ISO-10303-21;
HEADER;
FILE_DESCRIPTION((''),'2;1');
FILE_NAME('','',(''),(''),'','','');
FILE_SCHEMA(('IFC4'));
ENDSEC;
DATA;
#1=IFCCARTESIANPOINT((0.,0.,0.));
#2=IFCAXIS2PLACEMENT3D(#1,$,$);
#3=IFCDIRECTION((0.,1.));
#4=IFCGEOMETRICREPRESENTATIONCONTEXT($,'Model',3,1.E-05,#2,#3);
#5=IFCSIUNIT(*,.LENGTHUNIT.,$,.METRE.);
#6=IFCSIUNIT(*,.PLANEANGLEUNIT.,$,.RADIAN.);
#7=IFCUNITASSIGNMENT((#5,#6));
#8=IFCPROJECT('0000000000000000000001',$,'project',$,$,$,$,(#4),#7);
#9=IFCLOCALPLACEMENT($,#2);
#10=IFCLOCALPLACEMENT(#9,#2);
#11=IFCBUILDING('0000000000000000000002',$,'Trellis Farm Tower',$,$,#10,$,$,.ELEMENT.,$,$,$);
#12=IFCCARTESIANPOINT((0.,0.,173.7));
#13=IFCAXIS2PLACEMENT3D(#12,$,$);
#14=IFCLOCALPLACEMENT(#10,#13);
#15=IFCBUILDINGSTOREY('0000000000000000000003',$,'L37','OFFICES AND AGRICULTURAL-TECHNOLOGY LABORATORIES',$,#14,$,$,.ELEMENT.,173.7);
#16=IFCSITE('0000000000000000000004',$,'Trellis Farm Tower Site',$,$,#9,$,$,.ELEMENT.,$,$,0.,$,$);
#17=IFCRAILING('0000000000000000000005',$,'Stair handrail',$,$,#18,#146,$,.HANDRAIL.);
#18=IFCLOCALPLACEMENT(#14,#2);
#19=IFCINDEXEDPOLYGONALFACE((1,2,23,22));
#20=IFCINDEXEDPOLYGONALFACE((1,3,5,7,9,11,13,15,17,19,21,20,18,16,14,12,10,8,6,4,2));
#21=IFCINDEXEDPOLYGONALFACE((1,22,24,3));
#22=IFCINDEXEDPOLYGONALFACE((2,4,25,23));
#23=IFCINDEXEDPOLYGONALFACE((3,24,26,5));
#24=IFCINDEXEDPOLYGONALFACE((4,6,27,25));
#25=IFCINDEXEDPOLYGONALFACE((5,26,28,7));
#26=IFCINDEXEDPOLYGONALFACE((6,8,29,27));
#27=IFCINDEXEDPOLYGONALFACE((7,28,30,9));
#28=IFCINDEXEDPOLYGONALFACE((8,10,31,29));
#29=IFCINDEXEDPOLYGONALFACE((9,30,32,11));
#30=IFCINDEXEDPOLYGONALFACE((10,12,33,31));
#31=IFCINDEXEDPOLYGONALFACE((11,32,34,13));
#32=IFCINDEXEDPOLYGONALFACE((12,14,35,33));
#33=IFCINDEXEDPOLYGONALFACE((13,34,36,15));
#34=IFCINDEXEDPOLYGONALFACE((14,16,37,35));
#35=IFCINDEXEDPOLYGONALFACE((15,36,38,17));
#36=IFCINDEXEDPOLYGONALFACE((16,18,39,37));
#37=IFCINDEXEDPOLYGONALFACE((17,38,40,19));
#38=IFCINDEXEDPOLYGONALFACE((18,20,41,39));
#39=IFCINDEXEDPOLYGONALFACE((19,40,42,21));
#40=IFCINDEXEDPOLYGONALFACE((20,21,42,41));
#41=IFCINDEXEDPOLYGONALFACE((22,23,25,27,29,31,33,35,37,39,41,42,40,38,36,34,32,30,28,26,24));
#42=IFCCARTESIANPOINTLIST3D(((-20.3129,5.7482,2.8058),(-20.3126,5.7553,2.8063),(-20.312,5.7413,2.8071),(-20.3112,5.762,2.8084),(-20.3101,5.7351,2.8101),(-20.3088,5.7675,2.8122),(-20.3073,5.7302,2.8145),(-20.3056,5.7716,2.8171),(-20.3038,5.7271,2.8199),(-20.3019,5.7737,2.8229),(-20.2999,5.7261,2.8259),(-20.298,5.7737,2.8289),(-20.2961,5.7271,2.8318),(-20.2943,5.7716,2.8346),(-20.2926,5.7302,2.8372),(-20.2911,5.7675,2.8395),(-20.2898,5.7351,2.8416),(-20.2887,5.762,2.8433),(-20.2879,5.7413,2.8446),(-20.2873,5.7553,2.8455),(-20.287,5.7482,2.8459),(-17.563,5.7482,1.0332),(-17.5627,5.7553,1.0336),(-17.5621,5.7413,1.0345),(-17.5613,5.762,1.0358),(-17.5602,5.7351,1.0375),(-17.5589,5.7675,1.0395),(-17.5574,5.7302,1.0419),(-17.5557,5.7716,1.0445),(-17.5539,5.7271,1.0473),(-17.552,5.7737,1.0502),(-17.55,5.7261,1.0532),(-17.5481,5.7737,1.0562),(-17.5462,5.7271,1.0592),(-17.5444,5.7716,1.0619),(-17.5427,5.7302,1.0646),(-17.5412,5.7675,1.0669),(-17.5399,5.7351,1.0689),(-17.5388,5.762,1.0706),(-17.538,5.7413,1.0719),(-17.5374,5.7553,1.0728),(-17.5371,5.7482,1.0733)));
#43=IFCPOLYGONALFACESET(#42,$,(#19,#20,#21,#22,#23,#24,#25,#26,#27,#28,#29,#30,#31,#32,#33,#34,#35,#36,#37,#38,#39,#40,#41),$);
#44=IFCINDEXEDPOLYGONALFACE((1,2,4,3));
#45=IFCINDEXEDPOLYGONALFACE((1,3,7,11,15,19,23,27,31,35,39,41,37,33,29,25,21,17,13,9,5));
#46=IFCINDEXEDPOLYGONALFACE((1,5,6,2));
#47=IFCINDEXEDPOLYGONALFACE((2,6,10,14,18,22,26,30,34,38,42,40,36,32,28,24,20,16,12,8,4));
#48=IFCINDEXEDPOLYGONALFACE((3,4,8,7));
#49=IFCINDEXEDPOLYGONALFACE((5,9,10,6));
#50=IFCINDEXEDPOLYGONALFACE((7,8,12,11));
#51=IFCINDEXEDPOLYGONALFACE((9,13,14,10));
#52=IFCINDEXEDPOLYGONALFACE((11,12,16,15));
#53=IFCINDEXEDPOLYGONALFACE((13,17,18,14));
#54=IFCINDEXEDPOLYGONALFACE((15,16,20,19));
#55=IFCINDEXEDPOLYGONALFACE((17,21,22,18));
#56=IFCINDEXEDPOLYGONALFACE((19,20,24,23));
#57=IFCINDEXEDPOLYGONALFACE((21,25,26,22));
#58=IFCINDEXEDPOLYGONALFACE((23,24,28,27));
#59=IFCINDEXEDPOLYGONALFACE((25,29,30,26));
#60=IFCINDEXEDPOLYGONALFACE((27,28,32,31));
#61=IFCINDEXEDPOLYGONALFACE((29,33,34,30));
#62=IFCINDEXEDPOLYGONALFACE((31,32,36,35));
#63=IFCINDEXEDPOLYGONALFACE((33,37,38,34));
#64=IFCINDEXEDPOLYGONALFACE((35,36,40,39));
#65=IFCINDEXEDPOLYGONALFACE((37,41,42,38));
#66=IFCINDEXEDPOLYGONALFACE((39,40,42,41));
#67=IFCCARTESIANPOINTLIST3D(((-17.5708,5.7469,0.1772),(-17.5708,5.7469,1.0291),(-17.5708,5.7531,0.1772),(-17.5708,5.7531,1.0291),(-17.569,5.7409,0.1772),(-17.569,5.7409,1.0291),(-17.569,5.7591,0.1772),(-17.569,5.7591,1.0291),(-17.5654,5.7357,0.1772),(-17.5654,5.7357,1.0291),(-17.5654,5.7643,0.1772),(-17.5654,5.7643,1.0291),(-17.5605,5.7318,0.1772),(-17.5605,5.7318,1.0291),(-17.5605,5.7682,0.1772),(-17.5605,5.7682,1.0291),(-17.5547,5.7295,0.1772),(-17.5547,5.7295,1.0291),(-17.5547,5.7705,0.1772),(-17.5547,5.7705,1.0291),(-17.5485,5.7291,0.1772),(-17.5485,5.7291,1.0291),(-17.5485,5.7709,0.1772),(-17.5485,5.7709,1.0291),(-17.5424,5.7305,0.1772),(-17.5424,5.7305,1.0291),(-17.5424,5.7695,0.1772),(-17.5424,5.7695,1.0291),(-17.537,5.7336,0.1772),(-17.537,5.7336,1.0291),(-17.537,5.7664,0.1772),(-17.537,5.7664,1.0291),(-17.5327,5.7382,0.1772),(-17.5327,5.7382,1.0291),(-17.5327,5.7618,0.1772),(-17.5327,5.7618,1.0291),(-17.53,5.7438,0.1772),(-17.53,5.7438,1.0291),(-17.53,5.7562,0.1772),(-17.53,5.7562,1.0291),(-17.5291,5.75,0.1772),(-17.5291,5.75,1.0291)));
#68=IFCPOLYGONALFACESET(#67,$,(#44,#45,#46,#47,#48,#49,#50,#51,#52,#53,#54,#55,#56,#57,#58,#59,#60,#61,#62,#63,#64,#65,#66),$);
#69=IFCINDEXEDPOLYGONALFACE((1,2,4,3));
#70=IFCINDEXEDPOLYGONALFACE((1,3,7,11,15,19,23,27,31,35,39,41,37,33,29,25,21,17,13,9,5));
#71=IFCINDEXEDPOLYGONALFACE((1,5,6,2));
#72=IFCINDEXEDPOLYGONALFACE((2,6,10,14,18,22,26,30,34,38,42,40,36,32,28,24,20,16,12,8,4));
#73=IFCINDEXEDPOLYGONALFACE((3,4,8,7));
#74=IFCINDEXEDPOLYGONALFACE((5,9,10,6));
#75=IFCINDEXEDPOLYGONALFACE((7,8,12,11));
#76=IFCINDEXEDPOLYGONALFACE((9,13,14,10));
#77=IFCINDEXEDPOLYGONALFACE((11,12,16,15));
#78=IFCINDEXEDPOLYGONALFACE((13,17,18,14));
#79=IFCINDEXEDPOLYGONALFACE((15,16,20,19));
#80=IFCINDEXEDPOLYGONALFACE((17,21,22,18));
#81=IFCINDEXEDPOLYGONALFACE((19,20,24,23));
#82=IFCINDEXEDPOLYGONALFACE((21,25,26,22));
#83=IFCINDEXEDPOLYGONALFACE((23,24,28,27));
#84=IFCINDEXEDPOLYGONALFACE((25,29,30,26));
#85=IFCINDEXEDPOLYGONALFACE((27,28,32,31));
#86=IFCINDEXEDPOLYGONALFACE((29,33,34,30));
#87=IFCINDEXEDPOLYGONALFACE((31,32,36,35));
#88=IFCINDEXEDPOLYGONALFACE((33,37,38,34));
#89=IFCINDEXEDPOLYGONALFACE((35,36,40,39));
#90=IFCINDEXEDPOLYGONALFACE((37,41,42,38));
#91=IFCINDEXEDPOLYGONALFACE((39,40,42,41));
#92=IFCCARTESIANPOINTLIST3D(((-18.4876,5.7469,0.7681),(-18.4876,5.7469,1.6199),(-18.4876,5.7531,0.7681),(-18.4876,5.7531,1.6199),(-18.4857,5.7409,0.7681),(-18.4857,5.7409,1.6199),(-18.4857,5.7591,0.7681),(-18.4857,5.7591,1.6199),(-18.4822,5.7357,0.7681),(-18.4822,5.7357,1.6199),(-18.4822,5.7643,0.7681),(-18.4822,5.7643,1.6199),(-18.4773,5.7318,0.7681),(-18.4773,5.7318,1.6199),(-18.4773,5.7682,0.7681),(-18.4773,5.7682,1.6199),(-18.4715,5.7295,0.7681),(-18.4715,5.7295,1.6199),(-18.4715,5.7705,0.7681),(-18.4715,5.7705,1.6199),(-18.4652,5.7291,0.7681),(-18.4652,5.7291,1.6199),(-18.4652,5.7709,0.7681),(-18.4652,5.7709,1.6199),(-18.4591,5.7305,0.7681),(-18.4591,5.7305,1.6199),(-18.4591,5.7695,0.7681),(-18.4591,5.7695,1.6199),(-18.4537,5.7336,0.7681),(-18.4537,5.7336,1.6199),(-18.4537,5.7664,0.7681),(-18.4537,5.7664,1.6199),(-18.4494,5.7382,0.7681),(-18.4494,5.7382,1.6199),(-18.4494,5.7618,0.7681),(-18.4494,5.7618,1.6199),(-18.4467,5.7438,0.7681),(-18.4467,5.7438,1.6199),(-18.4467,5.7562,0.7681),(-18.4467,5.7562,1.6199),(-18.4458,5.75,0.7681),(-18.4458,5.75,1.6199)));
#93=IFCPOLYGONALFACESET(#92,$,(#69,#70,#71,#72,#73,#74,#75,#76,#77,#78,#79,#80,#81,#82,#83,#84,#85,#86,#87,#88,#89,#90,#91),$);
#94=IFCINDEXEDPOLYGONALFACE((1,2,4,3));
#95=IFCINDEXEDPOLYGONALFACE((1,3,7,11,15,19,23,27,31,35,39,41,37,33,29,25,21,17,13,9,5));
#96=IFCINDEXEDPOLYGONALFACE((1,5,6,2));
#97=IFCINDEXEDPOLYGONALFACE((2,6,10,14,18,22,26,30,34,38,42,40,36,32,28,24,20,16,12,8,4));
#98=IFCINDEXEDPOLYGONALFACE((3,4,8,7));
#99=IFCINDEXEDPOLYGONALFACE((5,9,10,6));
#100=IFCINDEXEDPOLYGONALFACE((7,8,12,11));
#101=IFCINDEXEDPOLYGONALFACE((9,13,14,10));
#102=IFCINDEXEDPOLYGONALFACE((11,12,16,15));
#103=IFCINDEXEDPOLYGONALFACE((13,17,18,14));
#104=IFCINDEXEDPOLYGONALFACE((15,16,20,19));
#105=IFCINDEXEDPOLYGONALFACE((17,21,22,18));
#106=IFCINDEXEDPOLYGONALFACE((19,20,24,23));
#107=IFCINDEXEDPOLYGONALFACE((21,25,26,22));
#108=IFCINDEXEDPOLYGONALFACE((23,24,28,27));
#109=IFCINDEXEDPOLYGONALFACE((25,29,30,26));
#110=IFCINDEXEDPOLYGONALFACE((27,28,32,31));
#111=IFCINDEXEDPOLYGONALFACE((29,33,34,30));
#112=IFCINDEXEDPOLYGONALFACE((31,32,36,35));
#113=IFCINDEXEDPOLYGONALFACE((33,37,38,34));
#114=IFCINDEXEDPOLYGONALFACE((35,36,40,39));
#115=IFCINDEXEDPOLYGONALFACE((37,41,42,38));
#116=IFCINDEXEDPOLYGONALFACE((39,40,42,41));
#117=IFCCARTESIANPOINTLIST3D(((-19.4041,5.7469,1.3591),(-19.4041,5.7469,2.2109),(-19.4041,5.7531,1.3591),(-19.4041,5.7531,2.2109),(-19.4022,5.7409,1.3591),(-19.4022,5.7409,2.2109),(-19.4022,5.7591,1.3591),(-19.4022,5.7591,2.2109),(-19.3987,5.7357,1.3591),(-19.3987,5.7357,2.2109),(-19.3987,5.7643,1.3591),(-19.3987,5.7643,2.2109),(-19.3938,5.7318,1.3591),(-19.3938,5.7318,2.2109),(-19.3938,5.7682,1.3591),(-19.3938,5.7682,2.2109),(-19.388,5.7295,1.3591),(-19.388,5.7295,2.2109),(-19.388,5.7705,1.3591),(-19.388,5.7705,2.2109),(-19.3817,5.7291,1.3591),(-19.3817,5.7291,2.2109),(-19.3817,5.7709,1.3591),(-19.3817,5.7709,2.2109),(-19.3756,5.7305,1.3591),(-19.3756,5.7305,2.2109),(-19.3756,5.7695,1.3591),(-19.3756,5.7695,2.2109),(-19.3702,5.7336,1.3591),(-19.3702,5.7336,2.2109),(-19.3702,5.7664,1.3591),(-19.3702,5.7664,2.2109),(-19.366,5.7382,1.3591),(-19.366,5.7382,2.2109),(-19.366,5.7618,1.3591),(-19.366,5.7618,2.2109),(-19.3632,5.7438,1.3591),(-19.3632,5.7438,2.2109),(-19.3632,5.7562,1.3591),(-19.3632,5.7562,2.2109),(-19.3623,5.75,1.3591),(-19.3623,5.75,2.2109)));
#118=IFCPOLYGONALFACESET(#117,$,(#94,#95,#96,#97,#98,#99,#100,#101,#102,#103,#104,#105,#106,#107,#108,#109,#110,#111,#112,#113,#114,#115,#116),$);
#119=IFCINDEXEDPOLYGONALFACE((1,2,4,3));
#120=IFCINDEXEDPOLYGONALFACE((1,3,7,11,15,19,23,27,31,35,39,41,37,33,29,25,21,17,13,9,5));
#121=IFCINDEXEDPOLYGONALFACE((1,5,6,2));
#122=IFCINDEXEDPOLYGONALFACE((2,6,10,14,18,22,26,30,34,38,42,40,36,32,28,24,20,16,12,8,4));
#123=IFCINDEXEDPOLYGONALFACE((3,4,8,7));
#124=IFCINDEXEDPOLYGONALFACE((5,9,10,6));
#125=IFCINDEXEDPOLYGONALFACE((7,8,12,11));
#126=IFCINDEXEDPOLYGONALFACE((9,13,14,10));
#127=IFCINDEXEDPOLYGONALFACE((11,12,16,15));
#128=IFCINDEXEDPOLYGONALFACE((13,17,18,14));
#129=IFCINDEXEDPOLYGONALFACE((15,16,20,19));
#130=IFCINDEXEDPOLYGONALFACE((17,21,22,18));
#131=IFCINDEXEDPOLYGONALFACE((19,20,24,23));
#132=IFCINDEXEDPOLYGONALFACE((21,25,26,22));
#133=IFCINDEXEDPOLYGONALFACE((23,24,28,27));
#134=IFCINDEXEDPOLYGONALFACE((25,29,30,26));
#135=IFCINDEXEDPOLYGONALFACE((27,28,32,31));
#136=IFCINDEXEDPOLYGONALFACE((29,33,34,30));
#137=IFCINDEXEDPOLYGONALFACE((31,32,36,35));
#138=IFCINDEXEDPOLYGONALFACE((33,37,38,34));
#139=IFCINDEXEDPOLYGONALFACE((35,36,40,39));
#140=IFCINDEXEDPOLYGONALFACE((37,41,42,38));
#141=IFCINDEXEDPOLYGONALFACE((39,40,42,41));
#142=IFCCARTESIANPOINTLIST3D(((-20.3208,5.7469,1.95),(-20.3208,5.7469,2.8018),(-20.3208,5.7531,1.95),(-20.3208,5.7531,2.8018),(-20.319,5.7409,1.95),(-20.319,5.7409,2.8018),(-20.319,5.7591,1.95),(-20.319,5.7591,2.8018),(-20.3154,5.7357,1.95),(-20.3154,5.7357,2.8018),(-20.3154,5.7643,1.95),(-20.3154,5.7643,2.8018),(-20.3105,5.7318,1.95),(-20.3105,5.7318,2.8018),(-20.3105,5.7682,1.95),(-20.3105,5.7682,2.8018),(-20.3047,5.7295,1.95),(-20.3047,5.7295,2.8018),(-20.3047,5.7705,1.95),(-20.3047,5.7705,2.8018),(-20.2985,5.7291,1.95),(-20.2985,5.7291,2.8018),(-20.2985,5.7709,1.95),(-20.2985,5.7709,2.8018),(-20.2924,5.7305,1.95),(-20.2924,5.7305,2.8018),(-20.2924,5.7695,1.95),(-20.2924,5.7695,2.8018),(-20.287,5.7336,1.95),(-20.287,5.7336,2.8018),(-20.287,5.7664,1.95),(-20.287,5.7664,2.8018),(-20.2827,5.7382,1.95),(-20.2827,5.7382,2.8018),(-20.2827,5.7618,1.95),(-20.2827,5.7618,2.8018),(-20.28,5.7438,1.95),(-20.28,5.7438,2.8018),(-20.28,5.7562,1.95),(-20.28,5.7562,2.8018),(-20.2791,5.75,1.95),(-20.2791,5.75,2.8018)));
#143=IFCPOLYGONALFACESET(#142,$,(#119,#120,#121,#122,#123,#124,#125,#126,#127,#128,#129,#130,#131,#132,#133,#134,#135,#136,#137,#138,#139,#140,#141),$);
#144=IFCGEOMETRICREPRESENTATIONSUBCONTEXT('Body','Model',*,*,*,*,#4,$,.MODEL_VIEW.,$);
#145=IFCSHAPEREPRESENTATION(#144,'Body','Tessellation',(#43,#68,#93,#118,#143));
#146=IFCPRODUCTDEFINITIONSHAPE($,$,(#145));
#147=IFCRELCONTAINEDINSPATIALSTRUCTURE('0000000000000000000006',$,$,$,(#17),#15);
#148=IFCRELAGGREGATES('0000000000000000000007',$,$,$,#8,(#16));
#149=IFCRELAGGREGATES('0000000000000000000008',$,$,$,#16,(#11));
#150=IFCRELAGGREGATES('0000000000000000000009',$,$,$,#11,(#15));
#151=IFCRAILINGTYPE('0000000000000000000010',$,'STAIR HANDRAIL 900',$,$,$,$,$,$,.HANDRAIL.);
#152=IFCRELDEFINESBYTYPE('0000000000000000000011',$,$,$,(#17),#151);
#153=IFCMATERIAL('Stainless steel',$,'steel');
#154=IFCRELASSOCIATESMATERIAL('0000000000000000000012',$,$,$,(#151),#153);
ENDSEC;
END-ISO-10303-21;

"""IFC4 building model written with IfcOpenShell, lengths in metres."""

from ifc_helpers import new_model, si_unit, direction, frame, origin, origin_2d, place, context, subcontext, project, spatial, circle, extrude, source, transform, mapped, material, type_object, element, save


model = new_model("IFC4")

# Units and contexts
model_context = context("Model", 3, precision=1e-05, world=origin(), true_north=direction((0.0, 1.0)))
body_context = subcontext(model_context, "Body", "Model", "MODEL_VIEW")
ifc_project = project(units=[si_unit("LENGTHUNIT", "METRE"), si_unit("PLANEANGLEUNIT", "RADIAN")], contexts=[model_context])

# Site, building, storey
site_placement = place(None, origin())
site = spatial("IfcSite", under=ifc_project, at=site_placement, Name="Trellis Farm Tower Site", CompositionType="ELEMENT", RefElevation=0.0)
building_placement = place(site_placement, origin())
building = spatial("IfcBuilding", under=site, at=building_placement, Name="Trellis Farm Tower", CompositionType="ELEMENT")
storey_placement = place(building_placement, frame((0.0, 0.0, 173.7)))
storey = spatial("IfcBuildingStorey", under=building, at=storey_placement, Name="L37", Description="OFFICES AND AGRICULTURAL-TECHNOLOGY LABORATORIES", CompositionType="ELEMENT", Elevation=173.7)

# Railing
ifc_material_1 = material(Name="Stainless steel", Category="steel")
railing_type = type_object("IfcRailingType", Name="STAIR HANDRAIL 900", PredefinedType="HANDRAIL", material=ifc_material_1)
shared_shape_1 = source(origin(), body_context, "Body", "SweptSolid", [
    extrude(circle(Radius=0.0239, at=origin_2d()), frame((0.0, 0.0, 0.876), z_axis=(-0.840504, 0.0, 0.541806), x_axis=(0.0, -1.0, 0.0)), (0.0, 0.0, 1.0), 3.2717),
    extrude(circle(Radius=0.021, at=origin_2d()), origin(), (0.0, 0.0, 1.0), 0.8518),
    extrude(circle(Radius=0.021, at=origin_2d()), frame((-0.9167, 0.0, 0.5908)), (0.0, 0.0, 1.0), 0.8518),
    extrude(circle(Radius=0.021, at=origin_2d()), frame((-1.8333, 0.0, 1.1819)), (0.0, 0.0, 1.0), 0.8518),
    extrude(circle(Radius=0.021, at=origin_2d()), frame((-2.75, 0.0, 1.7727)), (0.0, 0.0, 1.0), 0.8518),
])
for number, where, name in (
    (1, (-17.55, 5.75, 0.1772), "Stair handrail"),
):
    element("IfcRailing", number, at=place(storey_placement, frame(where)), inside=storey, type_object=railing_type, Name=name, PredefinedType="HANDRAIL", context=body_context, shape_type="MappedRepresentation", body=[
        mapped(shared_shape_1, transform((0.0, 0.0, 0.0))),
    ])

save(model, "model.ifc")
